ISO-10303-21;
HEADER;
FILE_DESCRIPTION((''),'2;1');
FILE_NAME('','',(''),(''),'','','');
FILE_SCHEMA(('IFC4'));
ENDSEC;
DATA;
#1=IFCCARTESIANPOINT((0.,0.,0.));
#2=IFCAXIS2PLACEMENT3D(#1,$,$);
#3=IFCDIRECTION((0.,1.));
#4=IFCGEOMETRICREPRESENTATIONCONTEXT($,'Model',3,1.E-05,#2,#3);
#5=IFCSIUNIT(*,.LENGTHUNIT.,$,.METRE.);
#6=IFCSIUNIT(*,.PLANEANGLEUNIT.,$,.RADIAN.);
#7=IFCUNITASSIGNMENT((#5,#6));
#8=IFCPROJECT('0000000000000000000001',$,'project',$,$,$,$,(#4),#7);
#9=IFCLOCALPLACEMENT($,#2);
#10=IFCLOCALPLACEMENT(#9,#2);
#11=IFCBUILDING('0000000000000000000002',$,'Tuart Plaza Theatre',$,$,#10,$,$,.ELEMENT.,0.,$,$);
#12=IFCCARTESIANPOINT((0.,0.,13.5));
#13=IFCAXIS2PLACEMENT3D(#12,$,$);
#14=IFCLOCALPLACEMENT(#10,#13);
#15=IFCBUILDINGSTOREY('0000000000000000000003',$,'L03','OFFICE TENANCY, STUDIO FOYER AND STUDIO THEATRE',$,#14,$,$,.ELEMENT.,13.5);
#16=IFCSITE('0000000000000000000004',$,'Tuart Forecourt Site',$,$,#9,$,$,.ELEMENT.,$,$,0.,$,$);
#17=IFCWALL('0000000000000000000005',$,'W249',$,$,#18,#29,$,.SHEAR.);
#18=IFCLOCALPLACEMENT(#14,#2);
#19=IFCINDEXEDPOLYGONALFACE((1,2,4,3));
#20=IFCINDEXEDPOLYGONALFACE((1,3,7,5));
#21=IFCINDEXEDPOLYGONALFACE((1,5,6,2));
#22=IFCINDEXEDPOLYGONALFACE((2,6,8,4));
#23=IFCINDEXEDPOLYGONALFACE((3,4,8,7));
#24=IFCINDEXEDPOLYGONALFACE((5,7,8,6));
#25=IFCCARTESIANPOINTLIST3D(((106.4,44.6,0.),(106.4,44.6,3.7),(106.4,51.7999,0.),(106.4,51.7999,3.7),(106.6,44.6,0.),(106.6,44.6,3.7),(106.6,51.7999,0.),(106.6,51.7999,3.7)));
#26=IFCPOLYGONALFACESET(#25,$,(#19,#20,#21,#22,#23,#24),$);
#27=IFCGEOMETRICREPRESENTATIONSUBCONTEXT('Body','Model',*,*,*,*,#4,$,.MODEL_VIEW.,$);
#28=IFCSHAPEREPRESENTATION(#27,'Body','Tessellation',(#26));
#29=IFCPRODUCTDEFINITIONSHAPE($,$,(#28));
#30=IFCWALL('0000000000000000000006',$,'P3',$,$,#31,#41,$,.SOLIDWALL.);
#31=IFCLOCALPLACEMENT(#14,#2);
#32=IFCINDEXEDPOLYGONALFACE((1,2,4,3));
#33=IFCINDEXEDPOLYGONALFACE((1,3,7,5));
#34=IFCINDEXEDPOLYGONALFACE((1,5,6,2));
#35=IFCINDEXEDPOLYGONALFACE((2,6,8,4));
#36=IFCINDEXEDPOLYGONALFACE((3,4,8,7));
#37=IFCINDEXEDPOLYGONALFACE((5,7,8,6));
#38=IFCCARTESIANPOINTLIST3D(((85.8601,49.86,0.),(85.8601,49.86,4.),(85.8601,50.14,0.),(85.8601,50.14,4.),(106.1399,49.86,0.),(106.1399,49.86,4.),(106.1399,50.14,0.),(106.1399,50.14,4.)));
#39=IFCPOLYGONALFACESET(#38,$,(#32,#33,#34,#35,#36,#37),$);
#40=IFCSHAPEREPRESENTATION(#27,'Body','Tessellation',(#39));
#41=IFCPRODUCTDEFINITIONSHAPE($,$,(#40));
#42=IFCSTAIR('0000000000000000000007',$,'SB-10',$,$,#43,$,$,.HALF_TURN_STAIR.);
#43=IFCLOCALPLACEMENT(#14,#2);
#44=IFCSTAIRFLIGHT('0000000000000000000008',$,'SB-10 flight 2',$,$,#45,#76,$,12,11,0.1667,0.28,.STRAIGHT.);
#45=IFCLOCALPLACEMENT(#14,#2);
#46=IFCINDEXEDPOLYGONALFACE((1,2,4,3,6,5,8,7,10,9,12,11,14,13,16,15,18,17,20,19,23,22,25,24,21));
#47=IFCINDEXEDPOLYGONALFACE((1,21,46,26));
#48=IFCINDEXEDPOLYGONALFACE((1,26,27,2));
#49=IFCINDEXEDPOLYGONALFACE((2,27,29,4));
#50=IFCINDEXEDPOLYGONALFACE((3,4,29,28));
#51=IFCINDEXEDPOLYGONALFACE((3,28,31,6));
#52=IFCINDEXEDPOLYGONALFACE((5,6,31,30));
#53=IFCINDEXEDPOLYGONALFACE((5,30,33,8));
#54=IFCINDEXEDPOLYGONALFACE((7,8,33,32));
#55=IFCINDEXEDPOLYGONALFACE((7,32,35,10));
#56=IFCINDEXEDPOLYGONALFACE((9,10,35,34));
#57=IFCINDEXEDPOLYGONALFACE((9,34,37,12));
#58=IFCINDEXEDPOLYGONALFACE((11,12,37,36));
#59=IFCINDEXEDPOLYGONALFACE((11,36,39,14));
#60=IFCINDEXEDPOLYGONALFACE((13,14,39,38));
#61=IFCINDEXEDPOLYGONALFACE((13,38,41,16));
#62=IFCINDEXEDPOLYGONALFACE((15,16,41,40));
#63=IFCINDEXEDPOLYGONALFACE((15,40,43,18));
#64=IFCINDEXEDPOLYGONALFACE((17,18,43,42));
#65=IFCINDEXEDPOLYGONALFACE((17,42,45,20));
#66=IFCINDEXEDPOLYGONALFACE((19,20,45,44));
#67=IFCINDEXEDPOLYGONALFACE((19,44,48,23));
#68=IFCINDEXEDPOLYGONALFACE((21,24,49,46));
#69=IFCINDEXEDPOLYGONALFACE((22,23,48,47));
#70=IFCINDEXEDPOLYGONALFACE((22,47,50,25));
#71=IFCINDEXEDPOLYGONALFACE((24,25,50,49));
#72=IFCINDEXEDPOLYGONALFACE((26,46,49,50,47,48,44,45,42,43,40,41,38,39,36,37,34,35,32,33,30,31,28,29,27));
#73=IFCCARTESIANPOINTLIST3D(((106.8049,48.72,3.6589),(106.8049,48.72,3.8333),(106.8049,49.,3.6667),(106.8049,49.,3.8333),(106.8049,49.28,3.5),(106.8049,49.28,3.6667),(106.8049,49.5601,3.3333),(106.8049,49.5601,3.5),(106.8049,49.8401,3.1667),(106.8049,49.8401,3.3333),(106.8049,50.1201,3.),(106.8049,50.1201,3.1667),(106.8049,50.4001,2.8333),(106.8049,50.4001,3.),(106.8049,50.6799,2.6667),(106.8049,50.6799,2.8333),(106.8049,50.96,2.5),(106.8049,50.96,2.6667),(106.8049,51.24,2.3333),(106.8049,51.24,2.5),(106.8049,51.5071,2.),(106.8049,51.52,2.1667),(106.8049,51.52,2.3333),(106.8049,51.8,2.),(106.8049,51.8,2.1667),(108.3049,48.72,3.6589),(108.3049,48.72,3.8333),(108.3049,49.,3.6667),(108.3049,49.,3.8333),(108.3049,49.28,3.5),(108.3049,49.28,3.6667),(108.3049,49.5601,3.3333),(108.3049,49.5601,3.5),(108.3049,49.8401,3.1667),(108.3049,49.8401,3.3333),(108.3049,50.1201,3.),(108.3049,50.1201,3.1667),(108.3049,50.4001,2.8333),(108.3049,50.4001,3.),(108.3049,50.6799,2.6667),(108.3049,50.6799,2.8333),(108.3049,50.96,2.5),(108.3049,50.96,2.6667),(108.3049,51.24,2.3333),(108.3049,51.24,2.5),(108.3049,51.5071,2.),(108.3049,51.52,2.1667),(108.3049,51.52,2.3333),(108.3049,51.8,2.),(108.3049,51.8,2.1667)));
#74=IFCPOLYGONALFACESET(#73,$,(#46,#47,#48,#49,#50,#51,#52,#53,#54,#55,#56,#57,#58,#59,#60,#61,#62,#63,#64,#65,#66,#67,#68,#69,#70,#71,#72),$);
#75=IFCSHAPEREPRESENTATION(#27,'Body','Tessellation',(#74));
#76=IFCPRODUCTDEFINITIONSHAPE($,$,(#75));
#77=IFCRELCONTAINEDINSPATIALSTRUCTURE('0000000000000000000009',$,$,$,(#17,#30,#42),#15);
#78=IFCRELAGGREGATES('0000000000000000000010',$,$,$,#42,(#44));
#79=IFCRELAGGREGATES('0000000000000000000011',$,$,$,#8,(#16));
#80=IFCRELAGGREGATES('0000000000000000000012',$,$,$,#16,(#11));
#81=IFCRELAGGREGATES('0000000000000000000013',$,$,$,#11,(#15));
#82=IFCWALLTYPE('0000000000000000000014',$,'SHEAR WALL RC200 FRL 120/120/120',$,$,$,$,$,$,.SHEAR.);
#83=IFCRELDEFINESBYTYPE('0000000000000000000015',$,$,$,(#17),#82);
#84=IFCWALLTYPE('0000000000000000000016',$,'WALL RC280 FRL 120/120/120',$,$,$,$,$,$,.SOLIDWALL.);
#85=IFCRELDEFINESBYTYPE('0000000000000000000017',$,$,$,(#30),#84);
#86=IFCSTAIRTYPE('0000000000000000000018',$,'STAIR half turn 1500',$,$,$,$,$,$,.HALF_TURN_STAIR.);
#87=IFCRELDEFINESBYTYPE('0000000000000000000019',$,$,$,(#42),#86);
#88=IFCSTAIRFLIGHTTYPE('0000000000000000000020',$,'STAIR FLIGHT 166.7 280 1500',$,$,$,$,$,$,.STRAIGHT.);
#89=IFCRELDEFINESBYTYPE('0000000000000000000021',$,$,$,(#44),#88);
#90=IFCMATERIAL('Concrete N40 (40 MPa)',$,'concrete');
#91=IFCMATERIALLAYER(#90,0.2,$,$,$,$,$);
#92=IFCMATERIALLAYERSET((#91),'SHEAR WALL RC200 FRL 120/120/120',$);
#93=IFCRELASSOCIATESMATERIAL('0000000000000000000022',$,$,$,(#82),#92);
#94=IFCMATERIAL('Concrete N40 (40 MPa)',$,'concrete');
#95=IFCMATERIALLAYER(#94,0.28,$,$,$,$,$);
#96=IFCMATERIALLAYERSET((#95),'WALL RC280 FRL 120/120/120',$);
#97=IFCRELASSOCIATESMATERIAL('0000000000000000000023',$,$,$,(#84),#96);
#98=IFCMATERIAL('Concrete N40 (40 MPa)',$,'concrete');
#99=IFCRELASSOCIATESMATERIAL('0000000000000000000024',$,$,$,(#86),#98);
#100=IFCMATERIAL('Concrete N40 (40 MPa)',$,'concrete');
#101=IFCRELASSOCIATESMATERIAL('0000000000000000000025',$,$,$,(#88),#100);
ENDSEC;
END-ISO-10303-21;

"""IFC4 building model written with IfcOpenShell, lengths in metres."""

from ifc_helpers import new_model, si_unit, direction, frame, frame_2d, origin, place, context, subcontext, project, spatial, polyline, rectangle, outline, extrude, material, layer, layer_set, type_object, element, aggregate, save


model = new_model("IFC4")

# Units and contexts
model_context = context("Model", 3, precision=1e-05, world=origin(), true_north=direction((0.0, 1.0)))
body_context = subcontext(model_context, "Body", "Model", "MODEL_VIEW")
ifc_project = project(units=[si_unit("LENGTHUNIT", "METRE"), si_unit("PLANEANGLEUNIT", "RADIAN")], contexts=[model_context])

# Site, building, storey
site_placement = place(None, origin())
site = spatial("IfcSite", under=ifc_project, at=site_placement, Name="Tuart Forecourt Site", CompositionType="ELEMENT", RefElevation=0.0)
building_placement = place(site_placement, origin())
building = spatial("IfcBuilding", under=site, at=building_placement, Name="Tuart Plaza Theatre", CompositionType="ELEMENT", ElevationOfRefHeight=0.0)
storey_placement = place(building_placement, frame((0.0, 0.0, 13.5)))
storey = spatial("IfcBuildingStorey", under=building, at=storey_placement, Name="L03", Description="OFFICE TENANCY, STUDIO FOYER AND STUDIO THEATRE", CompositionType="ELEMENT", Elevation=13.5)

# Walls
ifc_material_1 = material(Name="Concrete N40 (40 MPa)", Category="concrete")
ifc_layer_1 = layer(ifc_material_1, 0.2)
ifc_layer_set_1 = layer_set([ifc_layer_1], Name="SHEAR WALL RC200 FRL 120/120/120")
wall_type_1 = type_object("IfcWallType", Name="SHEAR WALL RC200 FRL 120/120/120", PredefinedType="SHEAR", material=ifc_layer_set_1)
wall_1_placement = place(storey_placement, frame((106.5, 51.8, 0.0), z_axis=(0.0, 0.0, 1.0), x_axis=(0.0, -1.0, 0.0)))
element("IfcWall", 1, at=wall_1_placement, inside=storey, type_object=wall_type_1, Name="W249", PredefinedType="SHEAR", context=body_context, shape_type="SweptSolid", body=[
    extrude(rectangle(XDim=7.2, YDim=0.2, at=frame_2d((3.6001, 0.0))), origin(), (0.0, 0.0, 1.0), 3.7),
])
ifc_material_2 = material(Name="Concrete N40 (40 MPa)", Category="concrete")
ifc_layer_2 = layer(ifc_material_2, 0.28)
ifc_layer_set_2 = layer_set([ifc_layer_2], Name="WALL RC280 FRL 120/120/120")
wall_type_2 = type_object("IfcWallType", Name="WALL RC280 FRL 120/120/120", PredefinedType="SOLIDWALL", material=ifc_layer_set_2)
wall_2_placement = place(storey_placement, frame((106.1399, 50.0, 0.0), z_axis=(0.0, 0.0, 1.0), x_axis=(-1.0, 0.0, 0.0)))
element("IfcWall", 2, at=wall_2_placement, inside=storey, type_object=wall_type_2, Name="P3", PredefinedType="SOLIDWALL", context=body_context, shape_type="SweptSolid", body=[
    extrude(rectangle(XDim=20.2798, YDim=0.28, at=frame_2d((10.1399, 0.0))), origin(), (0.0, 0.0, 1.0), 4.0),
])

# Stair, stair flight
ifc_material_3 = material(Name="Concrete N40 (40 MPa)", Category="concrete")
stair_type = type_object("IfcStairType", Name="STAIR half turn 1500", PredefinedType="HALF_TURN_STAIR", material=ifc_material_3)
stair_placement = place(storey_placement, origin())
stair = element("IfcStair", 3, at=stair_placement, inside=storey, type_object=stair_type, Name="SB-10", PredefinedType="HALF_TURN_STAIR")
ifc_material_4 = material(Name="Concrete N40 (40 MPa)", Category="concrete")
stair_flight_type = type_object("IfcStairFlightType", Name="STAIR FLIGHT 166.7 280 1500", PredefinedType="STRAIGHT", material=ifc_material_4)
stair_flight_placement = place(storey_placement, frame((107.5549, 51.8, 2.0), z_axis=(0.0, 0.0, 1.0), x_axis=(0.0, -1.0, 0.0)))
stair_flight = element("IfcStairFlight", 4, at=stair_flight_placement, type_object=stair_flight_type, Name="SB-10 flight 2", NumberOfRisers=12, NumberOfTreads=11, PredefinedType="STRAIGHT", RiserHeight=0.1667, TreadLength=0.28, context=body_context, shape_type="SweptSolid", body=[
    extrude(outline(polyline([(0.0, 0.0), (0.0, 0.1667), (0.28, 0.1667), (0.28, 0.3333), (0.5601, 0.3333), (0.5601, 0.5), (0.8401, 0.5), (0.8401, 0.6667), (1.1201, 0.6667), (1.1201, 0.8333), (1.3999, 0.8333), (1.3999, 1.0), (1.6799, 1.0), (1.6799, 1.1667), (1.96, 1.1667), (1.96, 1.3333), (2.24, 1.3333), (2.24, 1.5), (2.52, 1.5), (2.52, 1.6667), (2.8, 1.6667), (2.8, 1.8333), (3.0801, 1.8333), (3.0801, 2.0), (3.0801, 1.6589), (0.293, 0.0), (0.0, 0.0)])), frame((0.0, 0.75, 0.0), z_axis=(0.0, -1.0, 0.0), x_axis=(1.0, 0.0, 0.0)), (0.0, 0.0, 1.0), 1.5),
])
aggregate(stair, [stair_flight])

save(model, "model.ifc")
